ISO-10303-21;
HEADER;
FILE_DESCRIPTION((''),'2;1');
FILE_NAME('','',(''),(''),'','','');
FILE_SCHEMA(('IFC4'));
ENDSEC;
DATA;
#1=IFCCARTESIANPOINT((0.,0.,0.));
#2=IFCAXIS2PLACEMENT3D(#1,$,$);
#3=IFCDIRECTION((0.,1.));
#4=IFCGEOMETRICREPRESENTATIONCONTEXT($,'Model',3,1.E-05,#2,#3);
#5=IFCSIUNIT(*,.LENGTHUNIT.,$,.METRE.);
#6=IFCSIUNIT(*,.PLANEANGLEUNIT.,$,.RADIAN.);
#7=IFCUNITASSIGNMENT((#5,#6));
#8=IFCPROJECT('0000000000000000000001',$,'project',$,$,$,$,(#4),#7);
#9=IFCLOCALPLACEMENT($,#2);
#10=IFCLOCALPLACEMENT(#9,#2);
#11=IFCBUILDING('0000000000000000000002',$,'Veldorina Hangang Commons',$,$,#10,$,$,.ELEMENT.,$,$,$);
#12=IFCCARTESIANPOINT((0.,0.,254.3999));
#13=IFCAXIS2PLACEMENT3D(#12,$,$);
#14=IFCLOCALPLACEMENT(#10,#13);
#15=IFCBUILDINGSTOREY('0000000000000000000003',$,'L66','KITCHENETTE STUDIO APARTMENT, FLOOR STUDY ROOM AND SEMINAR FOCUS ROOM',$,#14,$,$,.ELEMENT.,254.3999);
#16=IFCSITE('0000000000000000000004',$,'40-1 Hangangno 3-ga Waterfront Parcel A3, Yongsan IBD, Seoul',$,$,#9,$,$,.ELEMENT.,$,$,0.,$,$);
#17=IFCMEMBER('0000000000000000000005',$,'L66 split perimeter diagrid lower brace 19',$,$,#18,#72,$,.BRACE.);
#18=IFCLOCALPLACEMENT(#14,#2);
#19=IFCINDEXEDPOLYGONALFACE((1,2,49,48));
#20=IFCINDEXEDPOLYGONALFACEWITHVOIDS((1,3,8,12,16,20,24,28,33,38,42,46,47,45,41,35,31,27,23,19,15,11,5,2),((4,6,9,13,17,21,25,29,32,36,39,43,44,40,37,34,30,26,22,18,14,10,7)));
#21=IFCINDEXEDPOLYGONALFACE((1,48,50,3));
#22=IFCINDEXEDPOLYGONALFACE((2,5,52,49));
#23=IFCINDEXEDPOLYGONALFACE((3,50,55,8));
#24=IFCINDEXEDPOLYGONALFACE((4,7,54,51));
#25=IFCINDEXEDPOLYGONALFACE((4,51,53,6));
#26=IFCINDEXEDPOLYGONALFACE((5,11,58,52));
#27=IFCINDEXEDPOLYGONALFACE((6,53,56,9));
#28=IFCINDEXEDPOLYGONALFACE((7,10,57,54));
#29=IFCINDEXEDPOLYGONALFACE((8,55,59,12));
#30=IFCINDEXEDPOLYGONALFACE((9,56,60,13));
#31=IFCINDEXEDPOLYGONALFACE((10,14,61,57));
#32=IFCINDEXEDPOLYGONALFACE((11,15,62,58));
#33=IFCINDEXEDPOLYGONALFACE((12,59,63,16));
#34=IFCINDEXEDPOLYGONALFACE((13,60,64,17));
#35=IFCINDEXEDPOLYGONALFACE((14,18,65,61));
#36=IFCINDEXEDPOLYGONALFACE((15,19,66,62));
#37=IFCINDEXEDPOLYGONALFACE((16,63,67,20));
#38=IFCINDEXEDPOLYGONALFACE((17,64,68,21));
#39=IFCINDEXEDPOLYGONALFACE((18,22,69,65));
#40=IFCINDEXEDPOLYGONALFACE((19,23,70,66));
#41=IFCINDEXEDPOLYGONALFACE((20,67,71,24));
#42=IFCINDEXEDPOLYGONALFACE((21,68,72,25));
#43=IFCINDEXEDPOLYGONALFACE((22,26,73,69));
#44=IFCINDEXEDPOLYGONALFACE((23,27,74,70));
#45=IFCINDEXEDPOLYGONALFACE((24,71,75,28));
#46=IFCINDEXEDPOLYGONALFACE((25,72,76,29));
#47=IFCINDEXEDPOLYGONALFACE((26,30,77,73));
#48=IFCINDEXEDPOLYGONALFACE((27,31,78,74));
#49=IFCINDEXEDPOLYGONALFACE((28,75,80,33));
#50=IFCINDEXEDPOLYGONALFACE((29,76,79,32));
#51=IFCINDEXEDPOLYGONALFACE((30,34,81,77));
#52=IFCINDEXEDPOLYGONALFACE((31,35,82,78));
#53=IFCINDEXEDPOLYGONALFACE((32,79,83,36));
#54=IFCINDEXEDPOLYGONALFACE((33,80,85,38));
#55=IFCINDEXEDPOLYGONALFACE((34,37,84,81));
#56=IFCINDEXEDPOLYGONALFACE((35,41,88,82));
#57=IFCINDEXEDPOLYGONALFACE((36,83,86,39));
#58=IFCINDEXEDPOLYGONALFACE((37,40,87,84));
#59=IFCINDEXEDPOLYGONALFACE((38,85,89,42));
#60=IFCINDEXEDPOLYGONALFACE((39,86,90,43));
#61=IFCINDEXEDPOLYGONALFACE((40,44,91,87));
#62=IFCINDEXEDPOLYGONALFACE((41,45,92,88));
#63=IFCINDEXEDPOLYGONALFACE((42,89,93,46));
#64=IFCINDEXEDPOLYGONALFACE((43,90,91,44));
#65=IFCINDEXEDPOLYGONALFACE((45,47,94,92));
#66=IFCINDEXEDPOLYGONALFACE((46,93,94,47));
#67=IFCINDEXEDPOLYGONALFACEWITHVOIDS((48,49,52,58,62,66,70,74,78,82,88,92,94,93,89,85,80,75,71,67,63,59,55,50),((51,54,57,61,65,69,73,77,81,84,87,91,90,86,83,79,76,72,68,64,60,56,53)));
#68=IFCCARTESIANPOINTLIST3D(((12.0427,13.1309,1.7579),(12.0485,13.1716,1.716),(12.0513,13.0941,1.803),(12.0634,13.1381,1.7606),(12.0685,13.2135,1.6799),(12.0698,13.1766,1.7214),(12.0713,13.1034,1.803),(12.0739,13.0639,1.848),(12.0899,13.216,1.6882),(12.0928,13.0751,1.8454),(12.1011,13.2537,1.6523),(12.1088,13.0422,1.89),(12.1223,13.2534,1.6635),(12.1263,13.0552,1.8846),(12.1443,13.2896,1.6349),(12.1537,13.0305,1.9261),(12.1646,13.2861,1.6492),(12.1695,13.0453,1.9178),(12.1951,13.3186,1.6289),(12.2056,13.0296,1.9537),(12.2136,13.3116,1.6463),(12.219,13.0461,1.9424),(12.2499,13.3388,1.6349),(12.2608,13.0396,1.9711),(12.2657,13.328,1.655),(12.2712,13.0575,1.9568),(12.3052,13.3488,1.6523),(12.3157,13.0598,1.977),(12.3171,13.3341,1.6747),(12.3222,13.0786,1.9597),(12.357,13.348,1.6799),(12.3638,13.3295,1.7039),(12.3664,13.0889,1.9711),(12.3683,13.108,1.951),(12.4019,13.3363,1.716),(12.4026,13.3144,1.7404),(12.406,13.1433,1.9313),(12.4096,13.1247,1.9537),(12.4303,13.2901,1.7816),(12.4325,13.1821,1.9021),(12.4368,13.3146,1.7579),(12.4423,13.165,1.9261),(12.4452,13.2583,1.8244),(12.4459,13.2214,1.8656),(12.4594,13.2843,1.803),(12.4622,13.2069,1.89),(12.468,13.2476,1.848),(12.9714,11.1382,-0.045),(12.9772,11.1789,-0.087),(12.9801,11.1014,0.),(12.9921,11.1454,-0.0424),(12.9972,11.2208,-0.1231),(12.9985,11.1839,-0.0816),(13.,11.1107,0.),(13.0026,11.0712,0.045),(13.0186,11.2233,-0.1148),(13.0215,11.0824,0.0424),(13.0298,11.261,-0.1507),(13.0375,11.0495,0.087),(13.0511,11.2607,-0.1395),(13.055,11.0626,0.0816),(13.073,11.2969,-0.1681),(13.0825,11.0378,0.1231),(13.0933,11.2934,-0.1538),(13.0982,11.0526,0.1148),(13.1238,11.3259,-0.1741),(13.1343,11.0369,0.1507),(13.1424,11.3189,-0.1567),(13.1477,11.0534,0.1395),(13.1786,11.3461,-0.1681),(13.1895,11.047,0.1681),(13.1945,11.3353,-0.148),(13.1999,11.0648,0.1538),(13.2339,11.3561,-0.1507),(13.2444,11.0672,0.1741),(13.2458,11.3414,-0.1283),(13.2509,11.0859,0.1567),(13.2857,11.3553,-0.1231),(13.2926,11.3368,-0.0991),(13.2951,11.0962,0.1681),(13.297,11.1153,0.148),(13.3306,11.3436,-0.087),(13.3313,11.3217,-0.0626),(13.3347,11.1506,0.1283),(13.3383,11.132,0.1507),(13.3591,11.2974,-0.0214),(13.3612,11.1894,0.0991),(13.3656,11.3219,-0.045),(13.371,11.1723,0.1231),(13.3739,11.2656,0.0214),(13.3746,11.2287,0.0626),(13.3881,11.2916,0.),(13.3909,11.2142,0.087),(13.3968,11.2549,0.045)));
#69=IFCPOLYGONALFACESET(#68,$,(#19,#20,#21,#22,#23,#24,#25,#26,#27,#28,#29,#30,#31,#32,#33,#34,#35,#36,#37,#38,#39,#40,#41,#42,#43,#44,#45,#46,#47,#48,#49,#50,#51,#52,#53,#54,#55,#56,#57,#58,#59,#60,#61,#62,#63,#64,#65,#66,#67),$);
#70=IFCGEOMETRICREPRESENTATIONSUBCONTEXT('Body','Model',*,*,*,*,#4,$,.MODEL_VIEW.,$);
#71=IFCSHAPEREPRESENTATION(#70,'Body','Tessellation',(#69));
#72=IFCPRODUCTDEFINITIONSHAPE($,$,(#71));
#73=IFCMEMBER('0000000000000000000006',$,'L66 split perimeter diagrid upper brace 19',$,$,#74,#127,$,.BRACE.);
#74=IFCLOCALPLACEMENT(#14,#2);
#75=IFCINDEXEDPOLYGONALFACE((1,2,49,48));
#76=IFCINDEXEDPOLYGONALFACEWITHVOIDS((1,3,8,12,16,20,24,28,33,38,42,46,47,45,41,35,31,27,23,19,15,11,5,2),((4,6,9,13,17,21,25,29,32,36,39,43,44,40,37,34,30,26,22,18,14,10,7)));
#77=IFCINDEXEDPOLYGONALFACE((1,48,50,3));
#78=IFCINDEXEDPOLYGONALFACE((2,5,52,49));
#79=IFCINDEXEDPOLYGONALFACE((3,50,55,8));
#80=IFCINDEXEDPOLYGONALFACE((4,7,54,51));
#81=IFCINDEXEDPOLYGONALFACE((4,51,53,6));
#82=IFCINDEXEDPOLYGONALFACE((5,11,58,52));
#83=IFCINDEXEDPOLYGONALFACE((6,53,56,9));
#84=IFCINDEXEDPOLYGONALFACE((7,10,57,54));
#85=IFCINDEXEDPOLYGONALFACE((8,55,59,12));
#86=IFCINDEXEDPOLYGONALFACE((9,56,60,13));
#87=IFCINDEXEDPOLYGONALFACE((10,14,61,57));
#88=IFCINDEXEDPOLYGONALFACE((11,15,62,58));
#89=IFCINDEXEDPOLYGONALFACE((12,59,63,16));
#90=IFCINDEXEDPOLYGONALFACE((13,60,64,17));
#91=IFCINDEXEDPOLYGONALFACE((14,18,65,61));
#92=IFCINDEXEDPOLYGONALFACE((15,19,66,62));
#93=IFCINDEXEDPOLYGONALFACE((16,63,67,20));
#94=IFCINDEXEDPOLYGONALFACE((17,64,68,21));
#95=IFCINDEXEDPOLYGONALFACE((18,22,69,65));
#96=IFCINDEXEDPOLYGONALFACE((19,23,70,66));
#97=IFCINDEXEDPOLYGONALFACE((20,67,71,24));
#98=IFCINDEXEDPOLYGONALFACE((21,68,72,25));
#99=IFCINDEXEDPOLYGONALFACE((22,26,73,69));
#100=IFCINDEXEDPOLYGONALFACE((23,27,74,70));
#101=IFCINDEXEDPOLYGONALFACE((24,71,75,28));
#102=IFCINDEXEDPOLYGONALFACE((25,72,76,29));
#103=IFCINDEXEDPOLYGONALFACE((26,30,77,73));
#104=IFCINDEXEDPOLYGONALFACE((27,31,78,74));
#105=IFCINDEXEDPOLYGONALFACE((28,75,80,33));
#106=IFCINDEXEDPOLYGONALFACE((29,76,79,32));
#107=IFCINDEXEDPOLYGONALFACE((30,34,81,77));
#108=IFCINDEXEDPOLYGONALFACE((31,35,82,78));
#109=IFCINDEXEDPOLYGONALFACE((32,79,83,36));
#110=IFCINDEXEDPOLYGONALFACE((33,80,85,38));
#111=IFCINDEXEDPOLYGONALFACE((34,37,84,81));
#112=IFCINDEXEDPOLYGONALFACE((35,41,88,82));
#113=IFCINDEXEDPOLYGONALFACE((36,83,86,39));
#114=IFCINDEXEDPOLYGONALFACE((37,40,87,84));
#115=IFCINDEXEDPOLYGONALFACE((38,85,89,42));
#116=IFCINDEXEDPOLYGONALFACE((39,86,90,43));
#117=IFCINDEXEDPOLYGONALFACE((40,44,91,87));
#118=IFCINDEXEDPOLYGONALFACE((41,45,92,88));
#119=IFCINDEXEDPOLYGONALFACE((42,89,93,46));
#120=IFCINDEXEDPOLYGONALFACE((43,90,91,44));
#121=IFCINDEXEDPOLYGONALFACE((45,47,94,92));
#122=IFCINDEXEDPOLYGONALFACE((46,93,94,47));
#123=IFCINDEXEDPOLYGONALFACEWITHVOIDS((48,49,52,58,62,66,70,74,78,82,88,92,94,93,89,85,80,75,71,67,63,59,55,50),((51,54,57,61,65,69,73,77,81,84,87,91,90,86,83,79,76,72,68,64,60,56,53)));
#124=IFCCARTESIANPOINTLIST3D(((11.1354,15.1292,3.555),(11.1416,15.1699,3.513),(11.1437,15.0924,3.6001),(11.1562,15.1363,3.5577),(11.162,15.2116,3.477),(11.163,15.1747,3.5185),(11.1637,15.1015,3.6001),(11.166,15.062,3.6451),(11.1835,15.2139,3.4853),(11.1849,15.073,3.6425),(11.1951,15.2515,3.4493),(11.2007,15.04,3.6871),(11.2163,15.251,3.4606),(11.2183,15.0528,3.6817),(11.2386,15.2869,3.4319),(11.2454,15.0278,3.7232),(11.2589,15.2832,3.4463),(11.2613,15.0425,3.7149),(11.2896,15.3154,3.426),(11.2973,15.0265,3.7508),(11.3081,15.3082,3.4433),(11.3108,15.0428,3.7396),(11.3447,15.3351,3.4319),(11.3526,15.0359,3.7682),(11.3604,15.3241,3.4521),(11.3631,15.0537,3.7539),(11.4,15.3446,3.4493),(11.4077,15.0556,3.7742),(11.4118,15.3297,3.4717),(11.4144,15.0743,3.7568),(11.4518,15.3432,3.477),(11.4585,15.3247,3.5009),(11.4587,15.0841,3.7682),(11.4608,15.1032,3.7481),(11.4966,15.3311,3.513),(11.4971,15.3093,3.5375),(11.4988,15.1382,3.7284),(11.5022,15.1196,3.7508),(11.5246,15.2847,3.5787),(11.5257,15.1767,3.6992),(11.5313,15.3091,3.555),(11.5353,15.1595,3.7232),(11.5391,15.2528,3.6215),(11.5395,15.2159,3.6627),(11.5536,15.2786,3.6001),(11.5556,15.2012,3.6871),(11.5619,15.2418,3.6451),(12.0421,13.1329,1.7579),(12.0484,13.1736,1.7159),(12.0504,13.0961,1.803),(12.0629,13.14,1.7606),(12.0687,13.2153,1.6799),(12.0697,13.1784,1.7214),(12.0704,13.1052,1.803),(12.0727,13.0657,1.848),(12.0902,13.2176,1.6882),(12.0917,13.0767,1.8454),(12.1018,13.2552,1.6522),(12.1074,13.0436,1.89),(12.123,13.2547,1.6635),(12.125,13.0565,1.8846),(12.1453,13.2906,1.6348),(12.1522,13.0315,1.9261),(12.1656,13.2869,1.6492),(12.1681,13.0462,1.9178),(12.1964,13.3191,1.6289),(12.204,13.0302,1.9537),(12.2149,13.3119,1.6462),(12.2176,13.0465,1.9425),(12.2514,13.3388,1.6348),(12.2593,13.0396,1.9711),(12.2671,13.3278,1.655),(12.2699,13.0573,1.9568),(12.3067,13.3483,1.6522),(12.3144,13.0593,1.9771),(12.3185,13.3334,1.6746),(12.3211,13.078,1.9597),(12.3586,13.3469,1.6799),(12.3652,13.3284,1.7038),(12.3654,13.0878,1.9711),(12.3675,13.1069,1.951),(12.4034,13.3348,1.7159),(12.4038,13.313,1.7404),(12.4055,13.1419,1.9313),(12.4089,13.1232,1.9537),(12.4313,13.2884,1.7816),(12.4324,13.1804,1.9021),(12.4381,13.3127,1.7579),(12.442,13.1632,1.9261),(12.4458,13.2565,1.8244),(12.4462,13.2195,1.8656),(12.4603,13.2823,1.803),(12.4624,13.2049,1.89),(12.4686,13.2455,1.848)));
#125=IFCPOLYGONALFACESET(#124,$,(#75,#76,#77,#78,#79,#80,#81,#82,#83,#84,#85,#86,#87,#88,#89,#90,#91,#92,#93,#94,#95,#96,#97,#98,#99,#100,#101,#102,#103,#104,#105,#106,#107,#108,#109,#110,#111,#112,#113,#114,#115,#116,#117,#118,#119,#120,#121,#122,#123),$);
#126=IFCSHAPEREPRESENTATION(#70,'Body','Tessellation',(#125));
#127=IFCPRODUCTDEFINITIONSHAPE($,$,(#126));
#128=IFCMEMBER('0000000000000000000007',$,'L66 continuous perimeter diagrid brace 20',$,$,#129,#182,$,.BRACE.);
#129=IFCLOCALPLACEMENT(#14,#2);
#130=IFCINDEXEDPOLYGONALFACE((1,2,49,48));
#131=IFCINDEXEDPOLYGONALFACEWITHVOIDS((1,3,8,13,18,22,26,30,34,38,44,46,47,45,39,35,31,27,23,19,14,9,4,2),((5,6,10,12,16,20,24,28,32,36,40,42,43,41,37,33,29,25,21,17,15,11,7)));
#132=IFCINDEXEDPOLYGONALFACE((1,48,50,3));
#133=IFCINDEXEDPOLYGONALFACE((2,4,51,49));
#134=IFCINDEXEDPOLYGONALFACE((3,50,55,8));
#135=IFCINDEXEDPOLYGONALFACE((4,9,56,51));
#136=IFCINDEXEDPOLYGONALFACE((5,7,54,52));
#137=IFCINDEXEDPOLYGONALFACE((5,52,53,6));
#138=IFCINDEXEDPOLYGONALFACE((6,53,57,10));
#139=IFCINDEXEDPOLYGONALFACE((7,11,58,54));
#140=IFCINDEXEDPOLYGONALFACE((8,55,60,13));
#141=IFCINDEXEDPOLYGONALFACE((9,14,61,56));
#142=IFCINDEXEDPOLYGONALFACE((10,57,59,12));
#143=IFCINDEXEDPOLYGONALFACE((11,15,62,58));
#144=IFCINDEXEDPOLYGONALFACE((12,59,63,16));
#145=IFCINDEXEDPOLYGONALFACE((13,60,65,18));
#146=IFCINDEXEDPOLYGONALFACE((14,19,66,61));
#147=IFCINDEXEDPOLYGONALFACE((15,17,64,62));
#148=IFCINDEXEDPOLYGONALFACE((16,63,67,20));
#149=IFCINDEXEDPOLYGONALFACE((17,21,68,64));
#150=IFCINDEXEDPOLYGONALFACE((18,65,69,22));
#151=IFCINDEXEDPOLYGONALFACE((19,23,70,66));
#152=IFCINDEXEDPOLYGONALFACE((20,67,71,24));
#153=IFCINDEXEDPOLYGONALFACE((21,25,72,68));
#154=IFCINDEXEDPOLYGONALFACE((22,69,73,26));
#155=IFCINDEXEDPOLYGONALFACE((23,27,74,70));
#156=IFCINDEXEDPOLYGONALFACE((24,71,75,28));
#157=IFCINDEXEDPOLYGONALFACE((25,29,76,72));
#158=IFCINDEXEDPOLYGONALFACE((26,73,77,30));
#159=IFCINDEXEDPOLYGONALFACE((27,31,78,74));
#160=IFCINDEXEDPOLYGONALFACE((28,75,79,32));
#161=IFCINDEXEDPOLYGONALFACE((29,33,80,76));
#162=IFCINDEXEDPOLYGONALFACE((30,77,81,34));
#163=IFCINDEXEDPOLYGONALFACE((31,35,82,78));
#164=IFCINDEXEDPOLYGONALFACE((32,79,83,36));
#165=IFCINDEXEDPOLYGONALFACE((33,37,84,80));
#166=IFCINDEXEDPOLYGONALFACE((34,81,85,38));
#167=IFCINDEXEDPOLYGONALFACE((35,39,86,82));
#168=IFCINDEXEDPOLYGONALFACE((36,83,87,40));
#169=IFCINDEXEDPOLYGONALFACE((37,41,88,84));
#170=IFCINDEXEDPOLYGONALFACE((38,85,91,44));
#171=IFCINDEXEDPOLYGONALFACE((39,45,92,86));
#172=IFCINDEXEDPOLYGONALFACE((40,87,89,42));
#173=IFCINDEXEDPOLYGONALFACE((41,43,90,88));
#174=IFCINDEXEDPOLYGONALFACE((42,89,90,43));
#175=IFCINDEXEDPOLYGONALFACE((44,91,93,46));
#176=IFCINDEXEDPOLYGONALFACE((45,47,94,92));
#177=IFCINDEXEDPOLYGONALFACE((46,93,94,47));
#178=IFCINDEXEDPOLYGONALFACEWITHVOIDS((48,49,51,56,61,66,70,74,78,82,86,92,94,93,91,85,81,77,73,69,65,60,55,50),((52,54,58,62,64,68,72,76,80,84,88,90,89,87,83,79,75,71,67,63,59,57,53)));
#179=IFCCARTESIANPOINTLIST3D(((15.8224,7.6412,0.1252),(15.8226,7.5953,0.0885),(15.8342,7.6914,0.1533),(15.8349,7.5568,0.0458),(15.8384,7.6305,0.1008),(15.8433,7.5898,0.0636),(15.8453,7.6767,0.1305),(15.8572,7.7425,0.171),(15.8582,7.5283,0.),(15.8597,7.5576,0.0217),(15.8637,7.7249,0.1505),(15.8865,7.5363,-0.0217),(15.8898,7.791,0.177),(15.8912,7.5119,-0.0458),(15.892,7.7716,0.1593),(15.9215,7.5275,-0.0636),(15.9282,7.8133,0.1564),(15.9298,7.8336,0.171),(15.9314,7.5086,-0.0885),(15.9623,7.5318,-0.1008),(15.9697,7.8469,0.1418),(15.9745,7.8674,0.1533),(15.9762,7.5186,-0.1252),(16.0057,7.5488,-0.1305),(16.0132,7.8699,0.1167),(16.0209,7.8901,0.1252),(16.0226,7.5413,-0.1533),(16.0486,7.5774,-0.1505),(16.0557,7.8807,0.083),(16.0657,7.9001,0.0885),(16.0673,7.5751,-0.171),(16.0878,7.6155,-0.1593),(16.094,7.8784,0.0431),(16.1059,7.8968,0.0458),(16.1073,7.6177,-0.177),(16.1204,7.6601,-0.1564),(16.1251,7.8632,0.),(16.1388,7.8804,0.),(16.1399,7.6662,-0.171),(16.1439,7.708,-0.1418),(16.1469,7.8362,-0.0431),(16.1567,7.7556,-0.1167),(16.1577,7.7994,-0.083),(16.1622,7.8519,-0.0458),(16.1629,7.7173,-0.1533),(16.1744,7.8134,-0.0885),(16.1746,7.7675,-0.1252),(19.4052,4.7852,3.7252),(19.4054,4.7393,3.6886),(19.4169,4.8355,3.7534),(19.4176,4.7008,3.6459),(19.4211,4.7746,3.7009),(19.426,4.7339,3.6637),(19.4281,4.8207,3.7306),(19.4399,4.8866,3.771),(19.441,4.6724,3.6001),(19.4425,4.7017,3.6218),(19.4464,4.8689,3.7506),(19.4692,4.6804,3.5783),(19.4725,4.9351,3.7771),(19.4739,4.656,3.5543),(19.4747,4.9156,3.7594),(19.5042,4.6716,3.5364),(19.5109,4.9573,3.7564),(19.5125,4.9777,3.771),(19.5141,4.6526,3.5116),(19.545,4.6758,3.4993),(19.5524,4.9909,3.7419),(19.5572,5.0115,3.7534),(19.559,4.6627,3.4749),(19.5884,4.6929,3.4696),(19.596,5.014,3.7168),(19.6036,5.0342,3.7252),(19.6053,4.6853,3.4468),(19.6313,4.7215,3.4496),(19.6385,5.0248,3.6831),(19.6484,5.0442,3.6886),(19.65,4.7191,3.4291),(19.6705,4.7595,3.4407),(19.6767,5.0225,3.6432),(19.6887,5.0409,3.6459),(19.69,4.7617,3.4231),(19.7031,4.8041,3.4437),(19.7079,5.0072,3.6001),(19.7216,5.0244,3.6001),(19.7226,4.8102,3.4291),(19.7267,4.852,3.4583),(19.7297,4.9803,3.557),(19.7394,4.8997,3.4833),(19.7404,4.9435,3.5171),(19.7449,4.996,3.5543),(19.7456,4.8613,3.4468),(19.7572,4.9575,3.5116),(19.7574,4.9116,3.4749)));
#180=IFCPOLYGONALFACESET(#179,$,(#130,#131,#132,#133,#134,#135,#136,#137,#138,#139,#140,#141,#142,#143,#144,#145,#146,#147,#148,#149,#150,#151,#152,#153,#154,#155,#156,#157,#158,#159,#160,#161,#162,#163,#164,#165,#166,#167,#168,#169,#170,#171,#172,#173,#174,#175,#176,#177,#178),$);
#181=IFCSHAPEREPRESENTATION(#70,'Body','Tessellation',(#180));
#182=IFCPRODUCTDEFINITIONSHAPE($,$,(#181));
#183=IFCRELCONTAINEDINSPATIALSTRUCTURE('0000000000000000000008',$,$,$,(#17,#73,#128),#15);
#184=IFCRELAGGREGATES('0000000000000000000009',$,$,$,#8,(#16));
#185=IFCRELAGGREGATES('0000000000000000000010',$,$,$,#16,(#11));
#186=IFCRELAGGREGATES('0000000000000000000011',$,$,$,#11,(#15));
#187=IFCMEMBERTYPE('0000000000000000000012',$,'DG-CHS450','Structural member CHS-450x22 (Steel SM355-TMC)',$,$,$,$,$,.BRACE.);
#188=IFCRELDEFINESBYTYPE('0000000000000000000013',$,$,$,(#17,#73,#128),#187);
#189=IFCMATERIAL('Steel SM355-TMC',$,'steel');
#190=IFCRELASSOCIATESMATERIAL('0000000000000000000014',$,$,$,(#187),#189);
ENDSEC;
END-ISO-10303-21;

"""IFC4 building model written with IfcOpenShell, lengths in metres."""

from ifc_helpers import new_model, si_unit, direction, frame, origin, origin_2d, place, context, subcontext, project, spatial, hollow_circle, extrude, material, material_profile, profile_set, type_object, element, save


model = new_model("IFC4")

# Units and contexts
model_context = context("Model", 3, precision=1e-05, world=origin(), true_north=direction((0.0, 1.0)))
body_context = subcontext(model_context, "Body", "Model", "MODEL_VIEW")
ifc_project = project(units=[si_unit("LENGTHUNIT", "METRE"), si_unit("PLANEANGLEUNIT", "RADIAN")], contexts=[model_context])

# Site, building, storey
site_placement = place(None, origin())
site = spatial("IfcSite", under=ifc_project, at=site_placement, Name="40-1 Hangangno 3-ga Waterfront Parcel A3, Yongsan IBD, Seoul", CompositionType="ELEMENT", RefElevation=0.0)
building_placement = place(site_placement, origin())
building = spatial("IfcBuilding", under=site, at=building_placement, Name="Veldorina Hangang Commons", CompositionType="ELEMENT")
storey_placement = place(building_placement, frame((0.0, 0.0, 254.3999)))
storey = spatial("IfcBuildingStorey", under=building, at=storey_placement, Name="L66", Description="KITCHENETTE STUDIO APARTMENT, FLOOR STUDY ROOM AND SEMINAR FOCUS ROOM", CompositionType="ELEMENT", Elevation=254.3999)

# Shared definitions
ifc_material_1 = material(Name="Steel SM355-TMC", Category="steel")

# Members
ifc_material_profile_1 = material_profile(ifc_material_1, hollow_circle(Radius=0.2251, WallThickness=0.022, at=origin_2d()), Name="CHS-450x22")
ifc_profile_set_1 = profile_set([ifc_material_profile_1], Name="Steel SM355-TMC")
member_type_1 = type_object("IfcMemberType", Name="DG-CHS450", Description="Structural member CHS-450x22 (Steel SM355-TMC)", PredefinedType="BRACE", material=ifc_profile_set_1)
member_1_placement = place(storey_placement, frame((13.1841, 11.1965, 0.0), z_axis=(-0.326639, 0.700848, 0.634129), x_axis=(-0.906393, -0.422436, 0.0)))
element("IfcMember", 1, at=member_1_placement, inside=storey, type_object=member_type_1, Name="L66 split perimeter diagrid lower brace 19", PredefinedType="BRACE", context=body_context, shape_type="SweptSolid", body=[
    extrude(hollow_circle(Radius=0.2251, WallThickness=0.022, at=origin_2d()), origin(), (0.0, 0.0, 1.0), 2.8433),
])
member_2_placement = place(storey_placement, frame((12.2554, 13.1892, 1.803), z_axis=(-0.319838, 0.704178, 0.633906), x_axis=(-0.910485, -0.413543, 0.0)))
element("IfcMember", 2, at=member_2_placement, inside=storey, type_object=member_type_1, Name="L66 split perimeter diagrid upper brace 19", PredefinedType="BRACE", context=body_context, shape_type="SweptSolid", body=[
    extrude(hollow_circle(Radius=0.2251, WallThickness=0.022, at=origin_2d()), origin(), (0.0, 0.0, 1.0), 2.835),
])
member_3_placement = place(storey_placement, frame((15.9985, 7.7043, 0.0), z_axis=(0.614861, -0.490129, 0.617835), x_axis=(0.623329, 0.781959, 0.0)))
element("IfcMember", 3, at=member_3_placement, inside=storey, type_object=member_type_1, Name="L66 continuous perimeter diagrid brace 20", PredefinedType="BRACE", context=body_context, shape_type="SweptSolid", body=[
    extrude(hollow_circle(Radius=0.2251, WallThickness=0.022, at=origin_2d()), origin(), (0.0, 0.0, 1.0), 5.8269),
])

save(model, "model.ifc")
